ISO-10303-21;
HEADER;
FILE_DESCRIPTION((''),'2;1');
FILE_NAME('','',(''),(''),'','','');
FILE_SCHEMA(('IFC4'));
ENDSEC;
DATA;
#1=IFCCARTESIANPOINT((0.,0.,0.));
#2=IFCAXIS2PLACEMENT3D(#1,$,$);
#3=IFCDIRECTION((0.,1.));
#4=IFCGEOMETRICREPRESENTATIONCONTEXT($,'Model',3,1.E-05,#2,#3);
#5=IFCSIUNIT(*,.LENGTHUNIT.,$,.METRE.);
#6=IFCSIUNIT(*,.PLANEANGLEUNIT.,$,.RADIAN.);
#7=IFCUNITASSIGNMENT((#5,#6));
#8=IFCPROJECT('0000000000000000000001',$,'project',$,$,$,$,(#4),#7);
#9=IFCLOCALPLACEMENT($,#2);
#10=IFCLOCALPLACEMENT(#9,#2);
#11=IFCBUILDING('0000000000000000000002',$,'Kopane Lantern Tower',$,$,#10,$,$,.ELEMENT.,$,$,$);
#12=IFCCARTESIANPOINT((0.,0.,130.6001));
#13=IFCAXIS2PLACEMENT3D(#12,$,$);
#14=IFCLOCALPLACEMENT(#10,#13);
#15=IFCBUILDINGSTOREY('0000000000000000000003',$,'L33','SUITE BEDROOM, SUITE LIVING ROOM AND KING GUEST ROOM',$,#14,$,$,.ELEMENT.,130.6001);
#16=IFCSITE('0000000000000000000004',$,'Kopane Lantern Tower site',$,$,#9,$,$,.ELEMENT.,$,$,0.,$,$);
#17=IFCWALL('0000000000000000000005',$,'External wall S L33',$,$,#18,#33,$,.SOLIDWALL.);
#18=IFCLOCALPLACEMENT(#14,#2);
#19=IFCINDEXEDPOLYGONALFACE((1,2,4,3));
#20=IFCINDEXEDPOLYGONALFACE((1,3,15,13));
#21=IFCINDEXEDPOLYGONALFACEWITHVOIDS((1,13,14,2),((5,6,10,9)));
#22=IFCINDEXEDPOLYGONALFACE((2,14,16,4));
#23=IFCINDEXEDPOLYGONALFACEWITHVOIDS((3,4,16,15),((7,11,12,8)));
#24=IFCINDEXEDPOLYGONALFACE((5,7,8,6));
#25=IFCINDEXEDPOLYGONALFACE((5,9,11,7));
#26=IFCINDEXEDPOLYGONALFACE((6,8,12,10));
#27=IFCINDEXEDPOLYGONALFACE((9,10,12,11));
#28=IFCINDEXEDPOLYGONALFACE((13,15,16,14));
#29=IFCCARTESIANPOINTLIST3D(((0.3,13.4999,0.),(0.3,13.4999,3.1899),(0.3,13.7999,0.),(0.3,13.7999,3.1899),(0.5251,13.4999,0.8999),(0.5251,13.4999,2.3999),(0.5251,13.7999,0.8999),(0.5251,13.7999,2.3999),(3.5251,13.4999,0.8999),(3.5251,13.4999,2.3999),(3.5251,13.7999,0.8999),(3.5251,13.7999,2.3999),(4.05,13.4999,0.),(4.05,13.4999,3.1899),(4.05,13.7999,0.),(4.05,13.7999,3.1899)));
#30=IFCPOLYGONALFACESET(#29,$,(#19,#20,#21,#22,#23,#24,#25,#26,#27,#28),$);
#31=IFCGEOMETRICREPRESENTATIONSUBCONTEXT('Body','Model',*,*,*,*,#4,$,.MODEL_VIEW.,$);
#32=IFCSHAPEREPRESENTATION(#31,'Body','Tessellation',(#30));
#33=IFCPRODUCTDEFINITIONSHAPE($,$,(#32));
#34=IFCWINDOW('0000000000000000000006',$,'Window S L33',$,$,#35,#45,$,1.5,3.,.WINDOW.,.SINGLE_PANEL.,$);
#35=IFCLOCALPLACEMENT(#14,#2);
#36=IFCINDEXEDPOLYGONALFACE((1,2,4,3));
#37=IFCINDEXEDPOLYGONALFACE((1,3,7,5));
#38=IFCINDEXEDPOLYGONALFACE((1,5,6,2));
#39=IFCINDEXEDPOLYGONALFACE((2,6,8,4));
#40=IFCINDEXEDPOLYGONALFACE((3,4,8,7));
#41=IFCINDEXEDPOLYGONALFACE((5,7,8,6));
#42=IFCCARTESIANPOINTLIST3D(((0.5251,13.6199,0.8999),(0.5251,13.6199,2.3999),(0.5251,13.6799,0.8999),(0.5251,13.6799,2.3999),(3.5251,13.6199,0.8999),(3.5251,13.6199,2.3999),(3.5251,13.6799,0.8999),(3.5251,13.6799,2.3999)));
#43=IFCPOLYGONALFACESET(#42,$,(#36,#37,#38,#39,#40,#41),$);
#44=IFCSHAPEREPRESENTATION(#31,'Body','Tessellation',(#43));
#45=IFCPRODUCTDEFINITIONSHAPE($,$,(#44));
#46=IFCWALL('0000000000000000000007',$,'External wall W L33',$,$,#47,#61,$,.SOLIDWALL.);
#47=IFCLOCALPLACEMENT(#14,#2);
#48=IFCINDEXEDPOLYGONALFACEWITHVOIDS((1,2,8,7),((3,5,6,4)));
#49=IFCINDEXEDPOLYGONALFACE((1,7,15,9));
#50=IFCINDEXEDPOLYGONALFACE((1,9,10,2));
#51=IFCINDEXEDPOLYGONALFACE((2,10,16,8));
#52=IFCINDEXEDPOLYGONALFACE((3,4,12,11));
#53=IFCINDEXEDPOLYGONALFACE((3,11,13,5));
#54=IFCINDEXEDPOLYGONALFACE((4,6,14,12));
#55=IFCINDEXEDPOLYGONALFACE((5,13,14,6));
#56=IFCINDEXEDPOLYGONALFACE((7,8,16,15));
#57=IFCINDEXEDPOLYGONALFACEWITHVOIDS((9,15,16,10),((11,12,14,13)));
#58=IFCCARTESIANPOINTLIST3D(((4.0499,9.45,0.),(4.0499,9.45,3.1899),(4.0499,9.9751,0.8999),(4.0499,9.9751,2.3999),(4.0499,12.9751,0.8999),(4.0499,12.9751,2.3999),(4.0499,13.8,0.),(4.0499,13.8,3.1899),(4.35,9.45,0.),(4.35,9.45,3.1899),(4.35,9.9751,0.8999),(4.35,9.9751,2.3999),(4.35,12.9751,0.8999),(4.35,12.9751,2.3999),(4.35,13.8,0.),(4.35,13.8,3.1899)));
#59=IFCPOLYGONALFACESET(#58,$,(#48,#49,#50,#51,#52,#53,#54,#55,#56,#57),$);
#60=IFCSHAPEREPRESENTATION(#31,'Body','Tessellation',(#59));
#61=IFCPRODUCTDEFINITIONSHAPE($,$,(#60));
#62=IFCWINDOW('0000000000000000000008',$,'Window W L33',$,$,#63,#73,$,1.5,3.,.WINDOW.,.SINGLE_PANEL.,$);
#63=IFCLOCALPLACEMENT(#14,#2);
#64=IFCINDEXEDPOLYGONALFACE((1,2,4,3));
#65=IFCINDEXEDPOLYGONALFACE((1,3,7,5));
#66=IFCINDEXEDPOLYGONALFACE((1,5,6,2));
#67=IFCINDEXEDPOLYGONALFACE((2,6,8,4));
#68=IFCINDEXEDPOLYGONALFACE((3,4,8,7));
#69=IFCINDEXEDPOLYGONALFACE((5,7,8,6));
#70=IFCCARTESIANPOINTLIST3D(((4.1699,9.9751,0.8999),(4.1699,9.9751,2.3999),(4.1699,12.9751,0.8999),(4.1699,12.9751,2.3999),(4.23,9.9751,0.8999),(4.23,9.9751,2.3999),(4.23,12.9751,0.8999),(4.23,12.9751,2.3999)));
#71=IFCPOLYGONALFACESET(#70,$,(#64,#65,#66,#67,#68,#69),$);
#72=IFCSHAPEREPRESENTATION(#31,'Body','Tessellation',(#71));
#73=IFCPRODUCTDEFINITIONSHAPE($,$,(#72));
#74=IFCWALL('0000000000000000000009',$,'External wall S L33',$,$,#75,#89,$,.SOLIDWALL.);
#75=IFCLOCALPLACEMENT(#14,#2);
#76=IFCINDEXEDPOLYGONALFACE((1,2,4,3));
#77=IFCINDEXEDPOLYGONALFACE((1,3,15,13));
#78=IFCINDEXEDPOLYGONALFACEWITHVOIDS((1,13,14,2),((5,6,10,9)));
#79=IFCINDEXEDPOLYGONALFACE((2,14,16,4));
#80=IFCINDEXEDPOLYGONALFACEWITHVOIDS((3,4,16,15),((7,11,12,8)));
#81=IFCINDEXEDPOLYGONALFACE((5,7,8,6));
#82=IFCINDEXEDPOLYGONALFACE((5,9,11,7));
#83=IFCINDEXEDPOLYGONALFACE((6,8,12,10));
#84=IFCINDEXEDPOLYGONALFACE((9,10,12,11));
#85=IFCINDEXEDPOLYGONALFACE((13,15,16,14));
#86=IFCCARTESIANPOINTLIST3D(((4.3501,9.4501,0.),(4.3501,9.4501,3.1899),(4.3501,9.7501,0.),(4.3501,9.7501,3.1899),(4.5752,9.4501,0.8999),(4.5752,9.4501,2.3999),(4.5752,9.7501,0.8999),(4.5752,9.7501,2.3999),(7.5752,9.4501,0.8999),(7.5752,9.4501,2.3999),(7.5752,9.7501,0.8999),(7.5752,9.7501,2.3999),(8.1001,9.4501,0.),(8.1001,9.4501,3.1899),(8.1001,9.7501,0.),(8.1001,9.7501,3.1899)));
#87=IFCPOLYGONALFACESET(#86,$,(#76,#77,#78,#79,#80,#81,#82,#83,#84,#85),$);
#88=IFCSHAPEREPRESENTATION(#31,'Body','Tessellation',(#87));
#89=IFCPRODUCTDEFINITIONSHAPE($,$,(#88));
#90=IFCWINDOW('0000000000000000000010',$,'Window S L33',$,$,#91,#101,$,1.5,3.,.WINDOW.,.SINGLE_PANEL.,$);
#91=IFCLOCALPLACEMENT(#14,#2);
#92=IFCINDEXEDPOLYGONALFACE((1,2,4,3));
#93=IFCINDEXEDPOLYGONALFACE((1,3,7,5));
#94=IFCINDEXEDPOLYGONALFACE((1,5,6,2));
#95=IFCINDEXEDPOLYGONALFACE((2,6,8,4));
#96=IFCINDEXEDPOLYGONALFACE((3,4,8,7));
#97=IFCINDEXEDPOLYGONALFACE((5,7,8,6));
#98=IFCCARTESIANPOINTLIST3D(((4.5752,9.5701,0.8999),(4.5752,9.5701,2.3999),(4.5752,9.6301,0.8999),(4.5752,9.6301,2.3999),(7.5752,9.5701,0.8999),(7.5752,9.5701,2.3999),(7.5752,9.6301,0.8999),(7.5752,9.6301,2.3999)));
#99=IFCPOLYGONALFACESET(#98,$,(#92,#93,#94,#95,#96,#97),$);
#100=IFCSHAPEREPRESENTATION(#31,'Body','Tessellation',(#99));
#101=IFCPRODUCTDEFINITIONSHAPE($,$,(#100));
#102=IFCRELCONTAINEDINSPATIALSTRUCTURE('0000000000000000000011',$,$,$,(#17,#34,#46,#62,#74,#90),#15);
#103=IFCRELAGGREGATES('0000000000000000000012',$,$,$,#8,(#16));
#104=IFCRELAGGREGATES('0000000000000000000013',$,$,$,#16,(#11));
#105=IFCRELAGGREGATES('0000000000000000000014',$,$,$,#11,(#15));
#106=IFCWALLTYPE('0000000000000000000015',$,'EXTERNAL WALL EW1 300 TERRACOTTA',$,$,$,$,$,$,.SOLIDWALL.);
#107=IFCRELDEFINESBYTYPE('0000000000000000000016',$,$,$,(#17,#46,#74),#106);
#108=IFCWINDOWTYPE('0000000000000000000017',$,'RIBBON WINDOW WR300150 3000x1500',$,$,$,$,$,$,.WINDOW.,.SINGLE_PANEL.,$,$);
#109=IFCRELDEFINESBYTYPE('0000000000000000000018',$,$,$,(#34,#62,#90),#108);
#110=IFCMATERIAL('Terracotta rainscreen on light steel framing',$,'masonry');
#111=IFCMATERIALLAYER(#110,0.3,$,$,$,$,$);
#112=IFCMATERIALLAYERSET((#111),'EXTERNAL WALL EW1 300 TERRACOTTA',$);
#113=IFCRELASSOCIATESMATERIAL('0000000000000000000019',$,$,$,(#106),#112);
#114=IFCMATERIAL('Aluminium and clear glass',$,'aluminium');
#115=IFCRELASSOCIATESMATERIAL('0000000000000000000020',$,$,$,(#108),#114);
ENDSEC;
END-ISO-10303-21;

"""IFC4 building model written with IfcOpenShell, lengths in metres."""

from ifc_helpers import new_model, si_unit, direction, frame, frame_2d, origin, place, context, subcontext, project, spatial, rectangle, extrude, material, layer, layer_set, type_object, element, fill, save


model = new_model("IFC4")

# Units and contexts
model_context = context("Model", 3, precision=1e-05, world=origin(), true_north=direction((0.0, 1.0)))
body_context = subcontext(model_context, "Body", "Model", "MODEL_VIEW")
ifc_project = project(units=[si_unit("LENGTHUNIT", "METRE"), si_unit("PLANEANGLEUNIT", "RADIAN")], contexts=[model_context])

# Site, building, storey
site_placement = place(None, origin())
site = spatial("IfcSite", under=ifc_project, at=site_placement, Name="Kopane Lantern Tower site", CompositionType="ELEMENT", RefElevation=0.0)
building_placement = place(site_placement, origin())
building = spatial("IfcBuilding", under=site, at=building_placement, Name="Kopane Lantern Tower", CompositionType="ELEMENT")
storey_placement = place(building_placement, frame((0.0, 0.0, 130.6001)))
storey = spatial("IfcBuildingStorey", under=building, at=storey_placement, Name="L33", Description="SUITE BEDROOM, SUITE LIVING ROOM AND KING GUEST ROOM", CompositionType="ELEMENT", Elevation=130.6001)

# Walls, openings, windows
ifc_material_1 = material(Name="Terracotta rainscreen on light steel framing", Category="masonry")
ifc_layer_1 = layer(ifc_material_1, 0.3)
ifc_layer_set_1 = layer_set([ifc_layer_1], Name="EXTERNAL WALL EW1 300 TERRACOTTA")
wall_type_1 = type_object("IfcWallType", Name="EXTERNAL WALL EW1 300 TERRACOTTA", PredefinedType="SOLIDWALL", material=ifc_layer_set_1)
wall_1_placement = place(storey_placement, frame((0.3, 13.6499, 0.0), z_axis=(0.0, 0.0, 1.0), x_axis=(1.0, 0.0, 0.0)))
wall_1 = element("IfcWall", 1, at=wall_1_placement, inside=storey, type_object=wall_type_1, Name="External wall S L33", PredefinedType="SOLIDWALL", context=body_context, shape_type="SweptSolid", body=[
    extrude(rectangle(XDim=3.75, YDim=0.3, at=frame_2d((1.875, 0.0))), origin(), (0.0, 0.0, 1.0), 3.1899),
])
opening_1_placement = place(wall_1_placement, frame((0.2251, 0.0, 0.8999)))
opening_1 = element("IfcOpeningElement", 2, at=opening_1_placement, cuts=wall_1, PredefinedType="OPENING", context=body_context, shape_type="SweptSolid", body=[
    extrude(rectangle(XDim=3.0, YDim=1.5, at=frame_2d((1.5, 0.75))), frame((0.0, 0.1599, 0.0), z_axis=(0.0, -1.0, 0.0), x_axis=(1.0, 0.0, 0.0)), (0.0, 0.0, 1.0), 0.3201),
])
ifc_material_2 = material(Name="Aluminium and clear glass", Category="aluminium")
window_type = type_object("IfcWindowType", Name="RIBBON WINDOW WR300150 3000x1500", PartitioningType="SINGLE_PANEL", PredefinedType="WINDOW", material=ifc_material_2)
window_1_placement = place(opening_1_placement, origin())
window_1 = element("IfcWindow", 3, at=window_1_placement, inside=storey, type_object=window_type, Name="Window S L33", OverallHeight=1.5, OverallWidth=3.0, PartitioningType="SINGLE_PANEL", PredefinedType="WINDOW", context=body_context, shape_type="SweptSolid", body=[
    extrude(rectangle(XDim=3.0, YDim=1.5, at=frame_2d((1.5, 0.75))), frame((0.0, 0.03, 0.0), z_axis=(0.0, -1.0, 0.0), x_axis=(1.0, 0.0, 0.0)), (0.0, 0.0, 1.0), 0.0601),
])
fill(opening_1, window_1)
wall_2_placement = place(storey_placement, frame((4.2, 13.8, 0.0), z_axis=(0.0, 0.0, 1.0), x_axis=(0.0, -1.0, 0.0)))
wall_2 = element("IfcWall", 4, at=wall_2_placement, inside=storey, type_object=wall_type_1, Name="External wall W L33", PredefinedType="SOLIDWALL", context=body_context, shape_type="SweptSolid", body=[
    extrude(rectangle(XDim=4.3501, YDim=0.3, at=frame_2d((2.175, 0.0))), origin(), (0.0, 0.0, 1.0), 3.1899),
])
opening_2_placement = place(wall_2_placement, frame((0.825, 0.0, 0.8999)))
opening_2 = element("IfcOpeningElement", 5, at=opening_2_placement, cuts=wall_2, PredefinedType="OPENING", context=body_context, shape_type="SweptSolid", body=[
    extrude(rectangle(XDim=3.0, YDim=1.5, at=frame_2d((1.5, 0.75))), frame((0.0, 0.1599, 0.0), z_axis=(0.0, -1.0, 0.0), x_axis=(1.0, 0.0, 0.0)), (0.0, 0.0, 1.0), 0.3201),
])
window_2_placement = place(opening_2_placement, origin())
window_2 = element("IfcWindow", 6, at=window_2_placement, inside=storey, type_object=window_type, Name="Window W L33", OverallHeight=1.5, OverallWidth=3.0, PartitioningType="SINGLE_PANEL", PredefinedType="WINDOW", context=body_context, shape_type="SweptSolid", body=[
    extrude(rectangle(XDim=3.0, YDim=1.5, at=frame_2d((1.5, 0.75))), frame((0.0, 0.03, 0.0), z_axis=(0.0, -1.0, 0.0), x_axis=(1.0, 0.0, 0.0)), (0.0, 0.0, 1.0), 0.0601),
])
fill(opening_2, window_2)
wall_3_placement = place(storey_placement, frame((4.3501, 9.6001, 0.0), z_axis=(0.0, 0.0, 1.0), x_axis=(1.0, 0.0, 0.0)))
wall_3 = element("IfcWall", 7, at=wall_3_placement, inside=storey, type_object=wall_type_1, Name="External wall S L33", PredefinedType="SOLIDWALL", context=body_context, shape_type="SweptSolid", body=[
    extrude(rectangle(XDim=3.75, YDim=0.3, at=frame_2d((1.875, 0.0))), origin(), (0.0, 0.0, 1.0), 3.1899),
])
opening_3_placement = place(wall_3_placement, frame((0.2251, 0.0, 0.8999)))
opening_3 = element("IfcOpeningElement", 8, at=opening_3_placement, cuts=wall_3, PredefinedType="OPENING", context=body_context, shape_type="SweptSolid", body=[
    extrude(rectangle(XDim=3.0, YDim=1.5, at=frame_2d((1.5, 0.75))), frame((0.0, 0.1599, 0.0), z_axis=(0.0, -1.0, 0.0), x_axis=(1.0, 0.0, 0.0)), (0.0, 0.0, 1.0), 0.3201),
])
window_3_placement = place(opening_3_placement, origin())
window_3 = element("IfcWindow", 9, at=window_3_placement, inside=storey, type_object=window_type, Name="Window S L33", OverallHeight=1.5, OverallWidth=3.0, PartitioningType="SINGLE_PANEL", PredefinedType="WINDOW", context=body_context, shape_type="SweptSolid", body=[
    extrude(rectangle(XDim=3.0, YDim=1.5, at=frame_2d((1.5, 0.75))), frame((0.0, 0.03, 0.0), z_axis=(0.0, -1.0, 0.0), x_axis=(1.0, 0.0, 0.0)), (0.0, 0.0, 1.0), 0.0601),
])
fill(opening_3, window_3)

save(model, "model.ifc")
